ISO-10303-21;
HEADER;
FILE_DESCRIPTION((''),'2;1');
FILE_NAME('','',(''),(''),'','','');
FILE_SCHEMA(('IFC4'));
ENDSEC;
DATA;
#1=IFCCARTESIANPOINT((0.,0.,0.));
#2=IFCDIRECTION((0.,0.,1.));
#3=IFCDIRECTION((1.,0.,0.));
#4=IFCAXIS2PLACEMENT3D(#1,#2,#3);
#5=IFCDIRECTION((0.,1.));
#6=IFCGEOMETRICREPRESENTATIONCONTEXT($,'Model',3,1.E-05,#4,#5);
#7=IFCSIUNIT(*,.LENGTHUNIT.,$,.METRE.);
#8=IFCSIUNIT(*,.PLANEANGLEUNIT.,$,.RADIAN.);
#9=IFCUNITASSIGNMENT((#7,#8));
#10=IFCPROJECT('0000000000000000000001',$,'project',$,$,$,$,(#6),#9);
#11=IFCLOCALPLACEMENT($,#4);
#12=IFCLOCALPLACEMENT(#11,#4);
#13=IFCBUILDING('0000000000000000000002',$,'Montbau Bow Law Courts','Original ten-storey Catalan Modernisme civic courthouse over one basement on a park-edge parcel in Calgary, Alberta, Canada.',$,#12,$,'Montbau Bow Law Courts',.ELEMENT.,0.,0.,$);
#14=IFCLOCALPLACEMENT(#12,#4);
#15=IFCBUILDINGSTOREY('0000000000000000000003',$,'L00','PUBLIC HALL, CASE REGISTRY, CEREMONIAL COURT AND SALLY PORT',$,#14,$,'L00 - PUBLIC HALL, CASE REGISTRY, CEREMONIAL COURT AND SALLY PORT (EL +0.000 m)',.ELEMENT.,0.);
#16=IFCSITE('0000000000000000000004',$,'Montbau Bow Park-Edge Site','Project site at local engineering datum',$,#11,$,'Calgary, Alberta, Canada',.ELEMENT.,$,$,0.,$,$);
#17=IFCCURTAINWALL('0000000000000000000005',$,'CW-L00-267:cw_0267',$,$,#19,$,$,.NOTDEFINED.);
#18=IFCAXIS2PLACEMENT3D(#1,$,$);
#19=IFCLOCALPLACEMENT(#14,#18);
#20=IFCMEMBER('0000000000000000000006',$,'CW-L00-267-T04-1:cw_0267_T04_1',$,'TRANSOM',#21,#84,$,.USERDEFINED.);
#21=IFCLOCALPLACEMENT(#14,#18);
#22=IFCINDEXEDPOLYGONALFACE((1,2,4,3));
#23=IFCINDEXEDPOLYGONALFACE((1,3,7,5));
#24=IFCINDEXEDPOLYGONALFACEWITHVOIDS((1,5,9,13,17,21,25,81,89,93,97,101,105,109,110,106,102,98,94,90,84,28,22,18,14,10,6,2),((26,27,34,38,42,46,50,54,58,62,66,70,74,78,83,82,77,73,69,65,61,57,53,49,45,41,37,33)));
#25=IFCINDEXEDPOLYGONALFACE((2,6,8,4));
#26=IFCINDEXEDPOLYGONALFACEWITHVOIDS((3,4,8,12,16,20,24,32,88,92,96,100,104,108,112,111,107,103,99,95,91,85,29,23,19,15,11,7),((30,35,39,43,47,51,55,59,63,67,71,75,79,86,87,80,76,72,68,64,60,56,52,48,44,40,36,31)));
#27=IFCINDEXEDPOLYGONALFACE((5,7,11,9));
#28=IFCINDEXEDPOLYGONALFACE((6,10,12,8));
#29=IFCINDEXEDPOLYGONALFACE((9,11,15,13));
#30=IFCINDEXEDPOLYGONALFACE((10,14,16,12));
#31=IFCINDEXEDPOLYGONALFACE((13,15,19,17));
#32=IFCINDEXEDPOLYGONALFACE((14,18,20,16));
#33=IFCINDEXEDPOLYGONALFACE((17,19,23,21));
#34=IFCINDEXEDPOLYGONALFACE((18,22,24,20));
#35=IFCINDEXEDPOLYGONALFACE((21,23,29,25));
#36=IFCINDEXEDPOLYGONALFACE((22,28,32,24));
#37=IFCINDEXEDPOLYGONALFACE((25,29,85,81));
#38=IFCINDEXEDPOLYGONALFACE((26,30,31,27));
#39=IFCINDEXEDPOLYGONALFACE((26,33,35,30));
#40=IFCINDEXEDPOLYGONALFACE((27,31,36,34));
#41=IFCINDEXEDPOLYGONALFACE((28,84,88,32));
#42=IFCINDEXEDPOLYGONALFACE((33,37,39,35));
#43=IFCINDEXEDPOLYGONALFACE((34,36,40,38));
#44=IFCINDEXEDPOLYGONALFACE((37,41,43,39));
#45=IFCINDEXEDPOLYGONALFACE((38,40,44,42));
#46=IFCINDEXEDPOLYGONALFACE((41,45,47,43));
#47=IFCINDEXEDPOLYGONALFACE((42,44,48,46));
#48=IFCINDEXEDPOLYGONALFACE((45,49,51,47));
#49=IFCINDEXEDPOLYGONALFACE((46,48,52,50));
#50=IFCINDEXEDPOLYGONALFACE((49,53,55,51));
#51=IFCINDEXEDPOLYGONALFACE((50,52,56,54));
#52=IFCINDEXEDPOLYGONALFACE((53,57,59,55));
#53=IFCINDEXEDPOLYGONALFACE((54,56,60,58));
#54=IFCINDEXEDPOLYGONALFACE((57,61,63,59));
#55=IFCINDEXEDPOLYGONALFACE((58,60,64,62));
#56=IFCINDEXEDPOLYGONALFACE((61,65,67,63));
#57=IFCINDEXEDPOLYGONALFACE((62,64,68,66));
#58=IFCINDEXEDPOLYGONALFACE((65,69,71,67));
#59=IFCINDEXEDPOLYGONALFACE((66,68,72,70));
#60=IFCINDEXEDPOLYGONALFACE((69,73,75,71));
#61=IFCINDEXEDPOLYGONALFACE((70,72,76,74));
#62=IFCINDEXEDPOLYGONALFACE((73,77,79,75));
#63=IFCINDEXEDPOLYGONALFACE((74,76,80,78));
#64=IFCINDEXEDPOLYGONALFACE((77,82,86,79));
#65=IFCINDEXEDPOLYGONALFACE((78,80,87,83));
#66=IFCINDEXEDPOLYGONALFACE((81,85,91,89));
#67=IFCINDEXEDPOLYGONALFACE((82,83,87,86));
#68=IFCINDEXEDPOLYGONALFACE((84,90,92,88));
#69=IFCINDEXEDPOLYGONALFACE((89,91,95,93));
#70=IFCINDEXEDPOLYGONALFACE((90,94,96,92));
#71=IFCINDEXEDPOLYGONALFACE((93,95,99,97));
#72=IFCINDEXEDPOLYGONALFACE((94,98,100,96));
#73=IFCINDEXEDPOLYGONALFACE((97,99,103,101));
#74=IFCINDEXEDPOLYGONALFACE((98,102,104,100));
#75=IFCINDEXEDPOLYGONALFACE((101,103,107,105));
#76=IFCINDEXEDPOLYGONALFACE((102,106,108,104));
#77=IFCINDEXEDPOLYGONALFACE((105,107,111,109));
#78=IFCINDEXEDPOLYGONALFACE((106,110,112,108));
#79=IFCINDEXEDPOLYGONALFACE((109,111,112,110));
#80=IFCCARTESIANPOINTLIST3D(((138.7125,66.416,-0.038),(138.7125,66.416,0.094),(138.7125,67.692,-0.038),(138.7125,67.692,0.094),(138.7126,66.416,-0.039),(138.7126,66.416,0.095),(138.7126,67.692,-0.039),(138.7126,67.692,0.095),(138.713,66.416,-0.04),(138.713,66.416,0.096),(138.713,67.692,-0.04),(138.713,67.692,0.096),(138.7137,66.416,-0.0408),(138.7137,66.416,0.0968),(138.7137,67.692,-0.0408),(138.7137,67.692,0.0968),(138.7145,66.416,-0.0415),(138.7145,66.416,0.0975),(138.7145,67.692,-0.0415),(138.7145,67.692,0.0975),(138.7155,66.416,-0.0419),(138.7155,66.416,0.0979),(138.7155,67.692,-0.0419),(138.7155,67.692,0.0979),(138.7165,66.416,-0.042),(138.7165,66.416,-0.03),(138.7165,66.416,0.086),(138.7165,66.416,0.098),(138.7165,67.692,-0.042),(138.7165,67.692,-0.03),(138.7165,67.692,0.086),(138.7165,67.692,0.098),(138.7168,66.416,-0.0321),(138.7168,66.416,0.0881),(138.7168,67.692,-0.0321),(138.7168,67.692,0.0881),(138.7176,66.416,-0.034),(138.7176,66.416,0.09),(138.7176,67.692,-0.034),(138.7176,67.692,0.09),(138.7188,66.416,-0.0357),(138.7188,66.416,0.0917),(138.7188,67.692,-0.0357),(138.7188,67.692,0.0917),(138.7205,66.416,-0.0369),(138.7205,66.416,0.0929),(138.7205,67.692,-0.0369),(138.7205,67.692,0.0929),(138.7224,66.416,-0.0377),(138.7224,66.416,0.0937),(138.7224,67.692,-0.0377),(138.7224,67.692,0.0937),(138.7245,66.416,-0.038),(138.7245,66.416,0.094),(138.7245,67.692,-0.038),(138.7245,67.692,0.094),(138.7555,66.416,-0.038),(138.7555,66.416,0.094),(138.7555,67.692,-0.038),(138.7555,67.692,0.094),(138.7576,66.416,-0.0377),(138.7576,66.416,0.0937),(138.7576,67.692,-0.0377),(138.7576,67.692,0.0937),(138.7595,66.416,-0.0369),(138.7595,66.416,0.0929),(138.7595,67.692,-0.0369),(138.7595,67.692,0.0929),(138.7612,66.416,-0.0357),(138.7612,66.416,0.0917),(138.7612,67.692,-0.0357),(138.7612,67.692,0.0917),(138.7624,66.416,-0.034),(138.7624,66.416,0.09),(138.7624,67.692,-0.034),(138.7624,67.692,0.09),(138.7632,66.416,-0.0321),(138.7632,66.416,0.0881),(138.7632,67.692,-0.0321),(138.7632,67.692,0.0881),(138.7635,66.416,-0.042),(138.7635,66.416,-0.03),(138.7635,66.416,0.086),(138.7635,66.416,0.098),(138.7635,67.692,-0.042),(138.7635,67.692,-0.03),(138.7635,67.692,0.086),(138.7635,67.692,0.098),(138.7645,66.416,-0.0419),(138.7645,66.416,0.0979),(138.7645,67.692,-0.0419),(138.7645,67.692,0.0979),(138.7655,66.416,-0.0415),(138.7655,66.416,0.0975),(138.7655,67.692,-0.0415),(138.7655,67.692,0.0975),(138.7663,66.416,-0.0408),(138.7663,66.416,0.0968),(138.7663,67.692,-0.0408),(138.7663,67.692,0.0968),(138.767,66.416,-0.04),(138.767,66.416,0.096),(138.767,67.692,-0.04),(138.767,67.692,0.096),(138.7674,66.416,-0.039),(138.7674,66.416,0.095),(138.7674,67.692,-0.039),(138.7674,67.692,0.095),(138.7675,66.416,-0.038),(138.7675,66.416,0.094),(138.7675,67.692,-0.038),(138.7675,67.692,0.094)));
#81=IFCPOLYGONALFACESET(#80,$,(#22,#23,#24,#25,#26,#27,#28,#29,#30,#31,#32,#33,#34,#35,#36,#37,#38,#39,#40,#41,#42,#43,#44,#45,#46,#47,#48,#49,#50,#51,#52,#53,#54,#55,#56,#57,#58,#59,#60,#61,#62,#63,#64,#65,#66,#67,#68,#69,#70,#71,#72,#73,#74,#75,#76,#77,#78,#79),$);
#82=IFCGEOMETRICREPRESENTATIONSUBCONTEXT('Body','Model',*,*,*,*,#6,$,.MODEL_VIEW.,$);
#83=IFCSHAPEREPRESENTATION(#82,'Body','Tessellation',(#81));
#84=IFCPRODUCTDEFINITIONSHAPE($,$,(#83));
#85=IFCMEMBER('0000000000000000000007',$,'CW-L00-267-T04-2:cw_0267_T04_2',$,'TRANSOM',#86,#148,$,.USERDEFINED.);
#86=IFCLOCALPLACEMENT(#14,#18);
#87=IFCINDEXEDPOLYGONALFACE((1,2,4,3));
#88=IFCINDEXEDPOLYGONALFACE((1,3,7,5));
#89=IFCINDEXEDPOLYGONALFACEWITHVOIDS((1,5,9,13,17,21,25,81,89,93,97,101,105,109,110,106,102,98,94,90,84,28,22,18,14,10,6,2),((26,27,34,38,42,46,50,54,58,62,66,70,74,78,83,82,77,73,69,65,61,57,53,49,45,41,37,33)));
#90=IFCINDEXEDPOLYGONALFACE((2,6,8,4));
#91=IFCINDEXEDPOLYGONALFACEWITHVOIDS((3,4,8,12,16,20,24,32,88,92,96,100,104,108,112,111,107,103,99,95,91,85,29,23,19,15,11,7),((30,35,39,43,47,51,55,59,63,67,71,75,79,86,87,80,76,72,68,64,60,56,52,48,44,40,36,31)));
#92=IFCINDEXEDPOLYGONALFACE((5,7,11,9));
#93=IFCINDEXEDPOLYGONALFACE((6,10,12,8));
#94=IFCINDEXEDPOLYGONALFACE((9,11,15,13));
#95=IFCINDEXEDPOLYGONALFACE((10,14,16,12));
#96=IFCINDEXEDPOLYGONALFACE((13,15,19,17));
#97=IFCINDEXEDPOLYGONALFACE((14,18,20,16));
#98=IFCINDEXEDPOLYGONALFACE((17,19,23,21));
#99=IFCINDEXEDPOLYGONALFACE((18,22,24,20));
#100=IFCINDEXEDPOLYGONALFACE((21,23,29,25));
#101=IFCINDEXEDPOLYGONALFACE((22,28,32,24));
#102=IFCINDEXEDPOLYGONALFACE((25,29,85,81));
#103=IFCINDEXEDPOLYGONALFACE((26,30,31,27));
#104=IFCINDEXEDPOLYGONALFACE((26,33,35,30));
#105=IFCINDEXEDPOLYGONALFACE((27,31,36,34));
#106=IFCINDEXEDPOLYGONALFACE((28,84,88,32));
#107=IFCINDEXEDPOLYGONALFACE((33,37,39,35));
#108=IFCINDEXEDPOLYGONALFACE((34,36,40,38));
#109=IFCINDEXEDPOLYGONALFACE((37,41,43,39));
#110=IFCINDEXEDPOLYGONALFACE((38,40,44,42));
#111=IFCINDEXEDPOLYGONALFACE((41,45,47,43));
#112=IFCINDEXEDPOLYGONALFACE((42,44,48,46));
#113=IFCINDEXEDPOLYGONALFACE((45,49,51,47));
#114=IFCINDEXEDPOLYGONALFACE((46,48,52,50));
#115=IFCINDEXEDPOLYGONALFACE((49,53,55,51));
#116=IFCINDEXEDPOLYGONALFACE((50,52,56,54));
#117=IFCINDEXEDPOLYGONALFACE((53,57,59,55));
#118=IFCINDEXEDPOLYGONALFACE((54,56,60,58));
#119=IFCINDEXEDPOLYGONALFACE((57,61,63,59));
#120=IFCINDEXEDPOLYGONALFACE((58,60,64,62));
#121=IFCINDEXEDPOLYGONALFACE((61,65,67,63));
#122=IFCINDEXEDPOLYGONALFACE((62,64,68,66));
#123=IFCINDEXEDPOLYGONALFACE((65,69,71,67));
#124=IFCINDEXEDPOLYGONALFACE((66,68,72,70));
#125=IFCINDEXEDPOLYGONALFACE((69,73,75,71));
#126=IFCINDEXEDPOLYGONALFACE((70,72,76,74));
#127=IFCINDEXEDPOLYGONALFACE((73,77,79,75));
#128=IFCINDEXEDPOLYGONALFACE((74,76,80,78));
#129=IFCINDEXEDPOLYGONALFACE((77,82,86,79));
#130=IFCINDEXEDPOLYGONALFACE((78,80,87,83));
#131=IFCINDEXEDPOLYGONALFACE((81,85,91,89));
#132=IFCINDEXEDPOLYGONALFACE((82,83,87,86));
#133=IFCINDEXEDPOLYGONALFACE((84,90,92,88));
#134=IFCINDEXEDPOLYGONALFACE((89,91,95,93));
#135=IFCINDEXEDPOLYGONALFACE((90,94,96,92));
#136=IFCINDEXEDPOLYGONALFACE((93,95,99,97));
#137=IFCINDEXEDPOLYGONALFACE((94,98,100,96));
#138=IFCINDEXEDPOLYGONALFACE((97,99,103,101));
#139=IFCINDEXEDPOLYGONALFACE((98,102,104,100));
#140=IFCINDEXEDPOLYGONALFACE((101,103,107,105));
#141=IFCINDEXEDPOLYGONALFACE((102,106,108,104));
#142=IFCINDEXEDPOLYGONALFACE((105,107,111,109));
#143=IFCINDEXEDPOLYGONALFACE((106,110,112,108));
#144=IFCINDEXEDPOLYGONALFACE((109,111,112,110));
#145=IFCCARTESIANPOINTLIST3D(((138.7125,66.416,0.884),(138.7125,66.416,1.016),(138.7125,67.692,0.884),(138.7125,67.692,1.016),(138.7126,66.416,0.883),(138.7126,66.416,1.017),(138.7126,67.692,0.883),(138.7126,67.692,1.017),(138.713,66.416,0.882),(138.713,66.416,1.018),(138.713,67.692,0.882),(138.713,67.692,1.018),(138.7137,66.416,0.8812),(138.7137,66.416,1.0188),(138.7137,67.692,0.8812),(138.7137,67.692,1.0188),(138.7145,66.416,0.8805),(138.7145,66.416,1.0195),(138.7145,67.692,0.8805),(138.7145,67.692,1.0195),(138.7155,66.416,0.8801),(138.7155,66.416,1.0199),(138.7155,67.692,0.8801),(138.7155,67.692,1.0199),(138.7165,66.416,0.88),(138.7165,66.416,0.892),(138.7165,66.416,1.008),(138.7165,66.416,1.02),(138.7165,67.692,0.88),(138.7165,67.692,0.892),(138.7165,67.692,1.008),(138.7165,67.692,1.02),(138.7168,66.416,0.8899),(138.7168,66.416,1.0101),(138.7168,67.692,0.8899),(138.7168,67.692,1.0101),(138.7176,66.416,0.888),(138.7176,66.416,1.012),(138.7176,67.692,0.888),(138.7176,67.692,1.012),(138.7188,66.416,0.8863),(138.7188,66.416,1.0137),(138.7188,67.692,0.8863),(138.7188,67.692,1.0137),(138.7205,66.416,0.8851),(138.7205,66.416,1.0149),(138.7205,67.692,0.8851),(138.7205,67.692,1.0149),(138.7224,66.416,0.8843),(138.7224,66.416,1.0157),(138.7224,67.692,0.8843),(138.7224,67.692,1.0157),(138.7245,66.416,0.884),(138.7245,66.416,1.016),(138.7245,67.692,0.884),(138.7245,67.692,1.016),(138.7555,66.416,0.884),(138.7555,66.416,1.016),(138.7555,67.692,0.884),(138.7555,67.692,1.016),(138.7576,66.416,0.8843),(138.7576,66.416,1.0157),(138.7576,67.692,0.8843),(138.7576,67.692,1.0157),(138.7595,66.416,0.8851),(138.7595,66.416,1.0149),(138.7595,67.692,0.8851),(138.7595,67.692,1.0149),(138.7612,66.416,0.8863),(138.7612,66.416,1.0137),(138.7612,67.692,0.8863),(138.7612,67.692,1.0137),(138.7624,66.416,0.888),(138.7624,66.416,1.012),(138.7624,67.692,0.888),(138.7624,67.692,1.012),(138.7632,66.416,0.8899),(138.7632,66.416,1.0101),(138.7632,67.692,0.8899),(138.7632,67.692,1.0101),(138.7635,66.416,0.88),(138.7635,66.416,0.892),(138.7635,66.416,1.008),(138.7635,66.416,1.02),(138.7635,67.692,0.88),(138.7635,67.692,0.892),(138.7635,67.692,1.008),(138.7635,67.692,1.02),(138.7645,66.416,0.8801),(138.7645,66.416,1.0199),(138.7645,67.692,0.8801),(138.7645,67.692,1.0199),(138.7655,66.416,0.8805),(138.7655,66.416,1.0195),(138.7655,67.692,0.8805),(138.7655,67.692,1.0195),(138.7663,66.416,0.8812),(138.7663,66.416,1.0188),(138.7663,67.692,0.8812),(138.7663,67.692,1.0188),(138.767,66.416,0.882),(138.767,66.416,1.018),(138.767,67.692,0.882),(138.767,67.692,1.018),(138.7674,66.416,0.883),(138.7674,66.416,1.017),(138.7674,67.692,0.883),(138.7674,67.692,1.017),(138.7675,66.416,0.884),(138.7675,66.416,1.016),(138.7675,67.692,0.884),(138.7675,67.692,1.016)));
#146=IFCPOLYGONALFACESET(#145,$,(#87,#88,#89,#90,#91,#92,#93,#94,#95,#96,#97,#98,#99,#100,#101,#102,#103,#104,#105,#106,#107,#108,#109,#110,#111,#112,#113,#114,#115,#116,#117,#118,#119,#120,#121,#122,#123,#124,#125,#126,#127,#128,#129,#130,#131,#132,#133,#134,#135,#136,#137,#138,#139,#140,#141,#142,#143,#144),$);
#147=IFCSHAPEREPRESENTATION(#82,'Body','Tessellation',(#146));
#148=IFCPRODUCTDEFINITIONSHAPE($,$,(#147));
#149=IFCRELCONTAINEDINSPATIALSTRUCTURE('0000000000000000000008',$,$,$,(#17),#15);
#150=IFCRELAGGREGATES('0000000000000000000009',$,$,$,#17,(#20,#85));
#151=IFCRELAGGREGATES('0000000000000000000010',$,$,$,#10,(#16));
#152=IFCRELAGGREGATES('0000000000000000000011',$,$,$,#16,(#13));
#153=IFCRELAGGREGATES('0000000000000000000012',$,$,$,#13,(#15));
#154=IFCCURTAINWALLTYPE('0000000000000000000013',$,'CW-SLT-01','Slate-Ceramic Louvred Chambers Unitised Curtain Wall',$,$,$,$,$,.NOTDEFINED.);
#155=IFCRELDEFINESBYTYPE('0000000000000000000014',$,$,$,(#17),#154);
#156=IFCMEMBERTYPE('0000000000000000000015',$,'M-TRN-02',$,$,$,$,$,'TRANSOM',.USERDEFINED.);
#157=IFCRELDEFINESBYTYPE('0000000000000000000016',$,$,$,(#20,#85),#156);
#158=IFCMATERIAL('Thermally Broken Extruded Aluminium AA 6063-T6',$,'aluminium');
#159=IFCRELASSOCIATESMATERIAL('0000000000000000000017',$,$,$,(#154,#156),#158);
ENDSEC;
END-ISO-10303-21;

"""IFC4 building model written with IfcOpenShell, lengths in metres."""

from ifc_helpers import new_model, si_unit, direction, frame, origin_with_axes, origin_2d_with_axis, place, context, subcontext, project, spatial, hollow_rectangle, extrude, material, material_profile, profile_set, type_object, element, aggregate, save


model = new_model("IFC4")

# Units and contexts
model_context = context("Model", 3, precision=1e-05, world=origin_with_axes(), true_north=direction((0.0, 1.0)))
body_context = subcontext(model_context, "Body", "Model", "MODEL_VIEW")
ifc_project = project(units=[si_unit("LENGTHUNIT", "METRE"), si_unit("PLANEANGLEUNIT", "RADIAN")], contexts=[model_context])

# Site, building, storey
site_placement = place(None, origin_with_axes())
site = spatial("IfcSite", under=ifc_project, at=site_placement, Name="Montbau Bow Park-Edge Site", Description="Project site at local engineering datum", LongName="Calgary, Alberta, Canada", CompositionType="ELEMENT", RefElevation=0.0)
building_placement = place(site_placement, origin_with_axes())
building = spatial("IfcBuilding", under=site, at=building_placement, Name="Montbau Bow Law Courts", Description="Original ten-storey Catalan Modernisme civic courthouse over one basement on a park-edge parcel in Calgary, Alberta, Canada.", LongName="Montbau Bow Law Courts", CompositionType="ELEMENT", ElevationOfRefHeight=0.0, ElevationOfTerrain=0.0)
storey_placement = place(building_placement, origin_with_axes())
storey = spatial("IfcBuildingStorey", under=building, at=storey_placement, Name="L00", Description="PUBLIC HALL, CASE REGISTRY, CEREMONIAL COURT AND SALLY PORT", LongName="L00 - PUBLIC HALL, CASE REGISTRY, CEREMONIAL COURT AND SALLY PORT (EL +0.000 m)", CompositionType="ELEMENT", Elevation=0.0)

# Curtain wall
ifc_material_1 = material(Name="Thermally Broken Extruded Aluminium AA 6063-T6", Category="aluminium")
curtain_wall_type = type_object("IfcCurtainWallType", Name="CW-SLT-01", Description="Slate-Ceramic Louvred Chambers Unitised Curtain Wall", PredefinedType="NOTDEFINED", material=ifc_material_1)
curtain_wall_1_placement = place(None, frame((138.74, 62.315, 0.0), z_axis=(0.0, 0.0, 1.0), x_axis=(1.0, 0.0, 0.0)))
curtain_wall_1 = element("IfcCurtainWall", 1, at=curtain_wall_1_placement, inside=storey, type_object=curtain_wall_type, Name="CW-L00-267:cw_0267", PredefinedType="NOTDEFINED")

# Members
ifc_material_profile_1 = material_profile(ifc_material_1, hollow_rectangle(XDim=0.055, YDim=0.14, WallThickness=0.004, InnerFilletRadius=0.008, OuterFilletRadius=0.004, at=origin_2d_with_axis()), Name="CWT-140X55", Category="Main", Priority=0)
ifc_profile_set_1 = profile_set([ifc_material_profile_1], Name="Thermally Broken Extruded Aluminium AA 6063-T6")
member_type_1 = type_object("IfcMemberType", Name="M-TRN-02", ElementType="TRANSOM", PredefinedType="USERDEFINED", material=ifc_profile_set_1)
member_1_placement = place(None, frame((138.74, 66.416, 0.028), z_axis=(0.0, 1.0, 0.0), x_axis=(-1.0, 0.0, 0.0)))
member_1 = element("IfcMember", 2, at=member_1_placement, type_object=member_type_1, Name="CW-L00-267-T04-1:cw_0267_T04_1", ObjectType="TRANSOM", PredefinedType="USERDEFINED", context=body_context, shape_type="SweptSolid", body=[
    extrude(hollow_rectangle(XDim=0.055, YDim=0.14, WallThickness=0.004, InnerFilletRadius=0.008, OuterFilletRadius=0.004, at=origin_2d_with_axis()), origin_with_axes(), (0.0, 0.0, 1.0), 1.276),
])
member_2_placement = place(None, frame((138.74, 66.416, 0.95), z_axis=(0.0, 1.0, 0.0), x_axis=(-1.0, 0.0, 0.0)))
member_2 = element("IfcMember", 3, at=member_2_placement, type_object=member_type_1, Name="CW-L00-267-T04-2:cw_0267_T04_2", ObjectType="TRANSOM", PredefinedType="USERDEFINED", context=body_context, shape_type="SweptSolid", body=[
    extrude(hollow_rectangle(XDim=0.055, YDim=0.14, WallThickness=0.004, InnerFilletRadius=0.008, OuterFilletRadius=0.004, at=origin_2d_with_axis()), origin_with_axes(), (0.0, 0.0, 1.0), 1.276),
])

aggregate(curtain_wall_1, [member_1, member_2])

save(model, "model.ifc")
